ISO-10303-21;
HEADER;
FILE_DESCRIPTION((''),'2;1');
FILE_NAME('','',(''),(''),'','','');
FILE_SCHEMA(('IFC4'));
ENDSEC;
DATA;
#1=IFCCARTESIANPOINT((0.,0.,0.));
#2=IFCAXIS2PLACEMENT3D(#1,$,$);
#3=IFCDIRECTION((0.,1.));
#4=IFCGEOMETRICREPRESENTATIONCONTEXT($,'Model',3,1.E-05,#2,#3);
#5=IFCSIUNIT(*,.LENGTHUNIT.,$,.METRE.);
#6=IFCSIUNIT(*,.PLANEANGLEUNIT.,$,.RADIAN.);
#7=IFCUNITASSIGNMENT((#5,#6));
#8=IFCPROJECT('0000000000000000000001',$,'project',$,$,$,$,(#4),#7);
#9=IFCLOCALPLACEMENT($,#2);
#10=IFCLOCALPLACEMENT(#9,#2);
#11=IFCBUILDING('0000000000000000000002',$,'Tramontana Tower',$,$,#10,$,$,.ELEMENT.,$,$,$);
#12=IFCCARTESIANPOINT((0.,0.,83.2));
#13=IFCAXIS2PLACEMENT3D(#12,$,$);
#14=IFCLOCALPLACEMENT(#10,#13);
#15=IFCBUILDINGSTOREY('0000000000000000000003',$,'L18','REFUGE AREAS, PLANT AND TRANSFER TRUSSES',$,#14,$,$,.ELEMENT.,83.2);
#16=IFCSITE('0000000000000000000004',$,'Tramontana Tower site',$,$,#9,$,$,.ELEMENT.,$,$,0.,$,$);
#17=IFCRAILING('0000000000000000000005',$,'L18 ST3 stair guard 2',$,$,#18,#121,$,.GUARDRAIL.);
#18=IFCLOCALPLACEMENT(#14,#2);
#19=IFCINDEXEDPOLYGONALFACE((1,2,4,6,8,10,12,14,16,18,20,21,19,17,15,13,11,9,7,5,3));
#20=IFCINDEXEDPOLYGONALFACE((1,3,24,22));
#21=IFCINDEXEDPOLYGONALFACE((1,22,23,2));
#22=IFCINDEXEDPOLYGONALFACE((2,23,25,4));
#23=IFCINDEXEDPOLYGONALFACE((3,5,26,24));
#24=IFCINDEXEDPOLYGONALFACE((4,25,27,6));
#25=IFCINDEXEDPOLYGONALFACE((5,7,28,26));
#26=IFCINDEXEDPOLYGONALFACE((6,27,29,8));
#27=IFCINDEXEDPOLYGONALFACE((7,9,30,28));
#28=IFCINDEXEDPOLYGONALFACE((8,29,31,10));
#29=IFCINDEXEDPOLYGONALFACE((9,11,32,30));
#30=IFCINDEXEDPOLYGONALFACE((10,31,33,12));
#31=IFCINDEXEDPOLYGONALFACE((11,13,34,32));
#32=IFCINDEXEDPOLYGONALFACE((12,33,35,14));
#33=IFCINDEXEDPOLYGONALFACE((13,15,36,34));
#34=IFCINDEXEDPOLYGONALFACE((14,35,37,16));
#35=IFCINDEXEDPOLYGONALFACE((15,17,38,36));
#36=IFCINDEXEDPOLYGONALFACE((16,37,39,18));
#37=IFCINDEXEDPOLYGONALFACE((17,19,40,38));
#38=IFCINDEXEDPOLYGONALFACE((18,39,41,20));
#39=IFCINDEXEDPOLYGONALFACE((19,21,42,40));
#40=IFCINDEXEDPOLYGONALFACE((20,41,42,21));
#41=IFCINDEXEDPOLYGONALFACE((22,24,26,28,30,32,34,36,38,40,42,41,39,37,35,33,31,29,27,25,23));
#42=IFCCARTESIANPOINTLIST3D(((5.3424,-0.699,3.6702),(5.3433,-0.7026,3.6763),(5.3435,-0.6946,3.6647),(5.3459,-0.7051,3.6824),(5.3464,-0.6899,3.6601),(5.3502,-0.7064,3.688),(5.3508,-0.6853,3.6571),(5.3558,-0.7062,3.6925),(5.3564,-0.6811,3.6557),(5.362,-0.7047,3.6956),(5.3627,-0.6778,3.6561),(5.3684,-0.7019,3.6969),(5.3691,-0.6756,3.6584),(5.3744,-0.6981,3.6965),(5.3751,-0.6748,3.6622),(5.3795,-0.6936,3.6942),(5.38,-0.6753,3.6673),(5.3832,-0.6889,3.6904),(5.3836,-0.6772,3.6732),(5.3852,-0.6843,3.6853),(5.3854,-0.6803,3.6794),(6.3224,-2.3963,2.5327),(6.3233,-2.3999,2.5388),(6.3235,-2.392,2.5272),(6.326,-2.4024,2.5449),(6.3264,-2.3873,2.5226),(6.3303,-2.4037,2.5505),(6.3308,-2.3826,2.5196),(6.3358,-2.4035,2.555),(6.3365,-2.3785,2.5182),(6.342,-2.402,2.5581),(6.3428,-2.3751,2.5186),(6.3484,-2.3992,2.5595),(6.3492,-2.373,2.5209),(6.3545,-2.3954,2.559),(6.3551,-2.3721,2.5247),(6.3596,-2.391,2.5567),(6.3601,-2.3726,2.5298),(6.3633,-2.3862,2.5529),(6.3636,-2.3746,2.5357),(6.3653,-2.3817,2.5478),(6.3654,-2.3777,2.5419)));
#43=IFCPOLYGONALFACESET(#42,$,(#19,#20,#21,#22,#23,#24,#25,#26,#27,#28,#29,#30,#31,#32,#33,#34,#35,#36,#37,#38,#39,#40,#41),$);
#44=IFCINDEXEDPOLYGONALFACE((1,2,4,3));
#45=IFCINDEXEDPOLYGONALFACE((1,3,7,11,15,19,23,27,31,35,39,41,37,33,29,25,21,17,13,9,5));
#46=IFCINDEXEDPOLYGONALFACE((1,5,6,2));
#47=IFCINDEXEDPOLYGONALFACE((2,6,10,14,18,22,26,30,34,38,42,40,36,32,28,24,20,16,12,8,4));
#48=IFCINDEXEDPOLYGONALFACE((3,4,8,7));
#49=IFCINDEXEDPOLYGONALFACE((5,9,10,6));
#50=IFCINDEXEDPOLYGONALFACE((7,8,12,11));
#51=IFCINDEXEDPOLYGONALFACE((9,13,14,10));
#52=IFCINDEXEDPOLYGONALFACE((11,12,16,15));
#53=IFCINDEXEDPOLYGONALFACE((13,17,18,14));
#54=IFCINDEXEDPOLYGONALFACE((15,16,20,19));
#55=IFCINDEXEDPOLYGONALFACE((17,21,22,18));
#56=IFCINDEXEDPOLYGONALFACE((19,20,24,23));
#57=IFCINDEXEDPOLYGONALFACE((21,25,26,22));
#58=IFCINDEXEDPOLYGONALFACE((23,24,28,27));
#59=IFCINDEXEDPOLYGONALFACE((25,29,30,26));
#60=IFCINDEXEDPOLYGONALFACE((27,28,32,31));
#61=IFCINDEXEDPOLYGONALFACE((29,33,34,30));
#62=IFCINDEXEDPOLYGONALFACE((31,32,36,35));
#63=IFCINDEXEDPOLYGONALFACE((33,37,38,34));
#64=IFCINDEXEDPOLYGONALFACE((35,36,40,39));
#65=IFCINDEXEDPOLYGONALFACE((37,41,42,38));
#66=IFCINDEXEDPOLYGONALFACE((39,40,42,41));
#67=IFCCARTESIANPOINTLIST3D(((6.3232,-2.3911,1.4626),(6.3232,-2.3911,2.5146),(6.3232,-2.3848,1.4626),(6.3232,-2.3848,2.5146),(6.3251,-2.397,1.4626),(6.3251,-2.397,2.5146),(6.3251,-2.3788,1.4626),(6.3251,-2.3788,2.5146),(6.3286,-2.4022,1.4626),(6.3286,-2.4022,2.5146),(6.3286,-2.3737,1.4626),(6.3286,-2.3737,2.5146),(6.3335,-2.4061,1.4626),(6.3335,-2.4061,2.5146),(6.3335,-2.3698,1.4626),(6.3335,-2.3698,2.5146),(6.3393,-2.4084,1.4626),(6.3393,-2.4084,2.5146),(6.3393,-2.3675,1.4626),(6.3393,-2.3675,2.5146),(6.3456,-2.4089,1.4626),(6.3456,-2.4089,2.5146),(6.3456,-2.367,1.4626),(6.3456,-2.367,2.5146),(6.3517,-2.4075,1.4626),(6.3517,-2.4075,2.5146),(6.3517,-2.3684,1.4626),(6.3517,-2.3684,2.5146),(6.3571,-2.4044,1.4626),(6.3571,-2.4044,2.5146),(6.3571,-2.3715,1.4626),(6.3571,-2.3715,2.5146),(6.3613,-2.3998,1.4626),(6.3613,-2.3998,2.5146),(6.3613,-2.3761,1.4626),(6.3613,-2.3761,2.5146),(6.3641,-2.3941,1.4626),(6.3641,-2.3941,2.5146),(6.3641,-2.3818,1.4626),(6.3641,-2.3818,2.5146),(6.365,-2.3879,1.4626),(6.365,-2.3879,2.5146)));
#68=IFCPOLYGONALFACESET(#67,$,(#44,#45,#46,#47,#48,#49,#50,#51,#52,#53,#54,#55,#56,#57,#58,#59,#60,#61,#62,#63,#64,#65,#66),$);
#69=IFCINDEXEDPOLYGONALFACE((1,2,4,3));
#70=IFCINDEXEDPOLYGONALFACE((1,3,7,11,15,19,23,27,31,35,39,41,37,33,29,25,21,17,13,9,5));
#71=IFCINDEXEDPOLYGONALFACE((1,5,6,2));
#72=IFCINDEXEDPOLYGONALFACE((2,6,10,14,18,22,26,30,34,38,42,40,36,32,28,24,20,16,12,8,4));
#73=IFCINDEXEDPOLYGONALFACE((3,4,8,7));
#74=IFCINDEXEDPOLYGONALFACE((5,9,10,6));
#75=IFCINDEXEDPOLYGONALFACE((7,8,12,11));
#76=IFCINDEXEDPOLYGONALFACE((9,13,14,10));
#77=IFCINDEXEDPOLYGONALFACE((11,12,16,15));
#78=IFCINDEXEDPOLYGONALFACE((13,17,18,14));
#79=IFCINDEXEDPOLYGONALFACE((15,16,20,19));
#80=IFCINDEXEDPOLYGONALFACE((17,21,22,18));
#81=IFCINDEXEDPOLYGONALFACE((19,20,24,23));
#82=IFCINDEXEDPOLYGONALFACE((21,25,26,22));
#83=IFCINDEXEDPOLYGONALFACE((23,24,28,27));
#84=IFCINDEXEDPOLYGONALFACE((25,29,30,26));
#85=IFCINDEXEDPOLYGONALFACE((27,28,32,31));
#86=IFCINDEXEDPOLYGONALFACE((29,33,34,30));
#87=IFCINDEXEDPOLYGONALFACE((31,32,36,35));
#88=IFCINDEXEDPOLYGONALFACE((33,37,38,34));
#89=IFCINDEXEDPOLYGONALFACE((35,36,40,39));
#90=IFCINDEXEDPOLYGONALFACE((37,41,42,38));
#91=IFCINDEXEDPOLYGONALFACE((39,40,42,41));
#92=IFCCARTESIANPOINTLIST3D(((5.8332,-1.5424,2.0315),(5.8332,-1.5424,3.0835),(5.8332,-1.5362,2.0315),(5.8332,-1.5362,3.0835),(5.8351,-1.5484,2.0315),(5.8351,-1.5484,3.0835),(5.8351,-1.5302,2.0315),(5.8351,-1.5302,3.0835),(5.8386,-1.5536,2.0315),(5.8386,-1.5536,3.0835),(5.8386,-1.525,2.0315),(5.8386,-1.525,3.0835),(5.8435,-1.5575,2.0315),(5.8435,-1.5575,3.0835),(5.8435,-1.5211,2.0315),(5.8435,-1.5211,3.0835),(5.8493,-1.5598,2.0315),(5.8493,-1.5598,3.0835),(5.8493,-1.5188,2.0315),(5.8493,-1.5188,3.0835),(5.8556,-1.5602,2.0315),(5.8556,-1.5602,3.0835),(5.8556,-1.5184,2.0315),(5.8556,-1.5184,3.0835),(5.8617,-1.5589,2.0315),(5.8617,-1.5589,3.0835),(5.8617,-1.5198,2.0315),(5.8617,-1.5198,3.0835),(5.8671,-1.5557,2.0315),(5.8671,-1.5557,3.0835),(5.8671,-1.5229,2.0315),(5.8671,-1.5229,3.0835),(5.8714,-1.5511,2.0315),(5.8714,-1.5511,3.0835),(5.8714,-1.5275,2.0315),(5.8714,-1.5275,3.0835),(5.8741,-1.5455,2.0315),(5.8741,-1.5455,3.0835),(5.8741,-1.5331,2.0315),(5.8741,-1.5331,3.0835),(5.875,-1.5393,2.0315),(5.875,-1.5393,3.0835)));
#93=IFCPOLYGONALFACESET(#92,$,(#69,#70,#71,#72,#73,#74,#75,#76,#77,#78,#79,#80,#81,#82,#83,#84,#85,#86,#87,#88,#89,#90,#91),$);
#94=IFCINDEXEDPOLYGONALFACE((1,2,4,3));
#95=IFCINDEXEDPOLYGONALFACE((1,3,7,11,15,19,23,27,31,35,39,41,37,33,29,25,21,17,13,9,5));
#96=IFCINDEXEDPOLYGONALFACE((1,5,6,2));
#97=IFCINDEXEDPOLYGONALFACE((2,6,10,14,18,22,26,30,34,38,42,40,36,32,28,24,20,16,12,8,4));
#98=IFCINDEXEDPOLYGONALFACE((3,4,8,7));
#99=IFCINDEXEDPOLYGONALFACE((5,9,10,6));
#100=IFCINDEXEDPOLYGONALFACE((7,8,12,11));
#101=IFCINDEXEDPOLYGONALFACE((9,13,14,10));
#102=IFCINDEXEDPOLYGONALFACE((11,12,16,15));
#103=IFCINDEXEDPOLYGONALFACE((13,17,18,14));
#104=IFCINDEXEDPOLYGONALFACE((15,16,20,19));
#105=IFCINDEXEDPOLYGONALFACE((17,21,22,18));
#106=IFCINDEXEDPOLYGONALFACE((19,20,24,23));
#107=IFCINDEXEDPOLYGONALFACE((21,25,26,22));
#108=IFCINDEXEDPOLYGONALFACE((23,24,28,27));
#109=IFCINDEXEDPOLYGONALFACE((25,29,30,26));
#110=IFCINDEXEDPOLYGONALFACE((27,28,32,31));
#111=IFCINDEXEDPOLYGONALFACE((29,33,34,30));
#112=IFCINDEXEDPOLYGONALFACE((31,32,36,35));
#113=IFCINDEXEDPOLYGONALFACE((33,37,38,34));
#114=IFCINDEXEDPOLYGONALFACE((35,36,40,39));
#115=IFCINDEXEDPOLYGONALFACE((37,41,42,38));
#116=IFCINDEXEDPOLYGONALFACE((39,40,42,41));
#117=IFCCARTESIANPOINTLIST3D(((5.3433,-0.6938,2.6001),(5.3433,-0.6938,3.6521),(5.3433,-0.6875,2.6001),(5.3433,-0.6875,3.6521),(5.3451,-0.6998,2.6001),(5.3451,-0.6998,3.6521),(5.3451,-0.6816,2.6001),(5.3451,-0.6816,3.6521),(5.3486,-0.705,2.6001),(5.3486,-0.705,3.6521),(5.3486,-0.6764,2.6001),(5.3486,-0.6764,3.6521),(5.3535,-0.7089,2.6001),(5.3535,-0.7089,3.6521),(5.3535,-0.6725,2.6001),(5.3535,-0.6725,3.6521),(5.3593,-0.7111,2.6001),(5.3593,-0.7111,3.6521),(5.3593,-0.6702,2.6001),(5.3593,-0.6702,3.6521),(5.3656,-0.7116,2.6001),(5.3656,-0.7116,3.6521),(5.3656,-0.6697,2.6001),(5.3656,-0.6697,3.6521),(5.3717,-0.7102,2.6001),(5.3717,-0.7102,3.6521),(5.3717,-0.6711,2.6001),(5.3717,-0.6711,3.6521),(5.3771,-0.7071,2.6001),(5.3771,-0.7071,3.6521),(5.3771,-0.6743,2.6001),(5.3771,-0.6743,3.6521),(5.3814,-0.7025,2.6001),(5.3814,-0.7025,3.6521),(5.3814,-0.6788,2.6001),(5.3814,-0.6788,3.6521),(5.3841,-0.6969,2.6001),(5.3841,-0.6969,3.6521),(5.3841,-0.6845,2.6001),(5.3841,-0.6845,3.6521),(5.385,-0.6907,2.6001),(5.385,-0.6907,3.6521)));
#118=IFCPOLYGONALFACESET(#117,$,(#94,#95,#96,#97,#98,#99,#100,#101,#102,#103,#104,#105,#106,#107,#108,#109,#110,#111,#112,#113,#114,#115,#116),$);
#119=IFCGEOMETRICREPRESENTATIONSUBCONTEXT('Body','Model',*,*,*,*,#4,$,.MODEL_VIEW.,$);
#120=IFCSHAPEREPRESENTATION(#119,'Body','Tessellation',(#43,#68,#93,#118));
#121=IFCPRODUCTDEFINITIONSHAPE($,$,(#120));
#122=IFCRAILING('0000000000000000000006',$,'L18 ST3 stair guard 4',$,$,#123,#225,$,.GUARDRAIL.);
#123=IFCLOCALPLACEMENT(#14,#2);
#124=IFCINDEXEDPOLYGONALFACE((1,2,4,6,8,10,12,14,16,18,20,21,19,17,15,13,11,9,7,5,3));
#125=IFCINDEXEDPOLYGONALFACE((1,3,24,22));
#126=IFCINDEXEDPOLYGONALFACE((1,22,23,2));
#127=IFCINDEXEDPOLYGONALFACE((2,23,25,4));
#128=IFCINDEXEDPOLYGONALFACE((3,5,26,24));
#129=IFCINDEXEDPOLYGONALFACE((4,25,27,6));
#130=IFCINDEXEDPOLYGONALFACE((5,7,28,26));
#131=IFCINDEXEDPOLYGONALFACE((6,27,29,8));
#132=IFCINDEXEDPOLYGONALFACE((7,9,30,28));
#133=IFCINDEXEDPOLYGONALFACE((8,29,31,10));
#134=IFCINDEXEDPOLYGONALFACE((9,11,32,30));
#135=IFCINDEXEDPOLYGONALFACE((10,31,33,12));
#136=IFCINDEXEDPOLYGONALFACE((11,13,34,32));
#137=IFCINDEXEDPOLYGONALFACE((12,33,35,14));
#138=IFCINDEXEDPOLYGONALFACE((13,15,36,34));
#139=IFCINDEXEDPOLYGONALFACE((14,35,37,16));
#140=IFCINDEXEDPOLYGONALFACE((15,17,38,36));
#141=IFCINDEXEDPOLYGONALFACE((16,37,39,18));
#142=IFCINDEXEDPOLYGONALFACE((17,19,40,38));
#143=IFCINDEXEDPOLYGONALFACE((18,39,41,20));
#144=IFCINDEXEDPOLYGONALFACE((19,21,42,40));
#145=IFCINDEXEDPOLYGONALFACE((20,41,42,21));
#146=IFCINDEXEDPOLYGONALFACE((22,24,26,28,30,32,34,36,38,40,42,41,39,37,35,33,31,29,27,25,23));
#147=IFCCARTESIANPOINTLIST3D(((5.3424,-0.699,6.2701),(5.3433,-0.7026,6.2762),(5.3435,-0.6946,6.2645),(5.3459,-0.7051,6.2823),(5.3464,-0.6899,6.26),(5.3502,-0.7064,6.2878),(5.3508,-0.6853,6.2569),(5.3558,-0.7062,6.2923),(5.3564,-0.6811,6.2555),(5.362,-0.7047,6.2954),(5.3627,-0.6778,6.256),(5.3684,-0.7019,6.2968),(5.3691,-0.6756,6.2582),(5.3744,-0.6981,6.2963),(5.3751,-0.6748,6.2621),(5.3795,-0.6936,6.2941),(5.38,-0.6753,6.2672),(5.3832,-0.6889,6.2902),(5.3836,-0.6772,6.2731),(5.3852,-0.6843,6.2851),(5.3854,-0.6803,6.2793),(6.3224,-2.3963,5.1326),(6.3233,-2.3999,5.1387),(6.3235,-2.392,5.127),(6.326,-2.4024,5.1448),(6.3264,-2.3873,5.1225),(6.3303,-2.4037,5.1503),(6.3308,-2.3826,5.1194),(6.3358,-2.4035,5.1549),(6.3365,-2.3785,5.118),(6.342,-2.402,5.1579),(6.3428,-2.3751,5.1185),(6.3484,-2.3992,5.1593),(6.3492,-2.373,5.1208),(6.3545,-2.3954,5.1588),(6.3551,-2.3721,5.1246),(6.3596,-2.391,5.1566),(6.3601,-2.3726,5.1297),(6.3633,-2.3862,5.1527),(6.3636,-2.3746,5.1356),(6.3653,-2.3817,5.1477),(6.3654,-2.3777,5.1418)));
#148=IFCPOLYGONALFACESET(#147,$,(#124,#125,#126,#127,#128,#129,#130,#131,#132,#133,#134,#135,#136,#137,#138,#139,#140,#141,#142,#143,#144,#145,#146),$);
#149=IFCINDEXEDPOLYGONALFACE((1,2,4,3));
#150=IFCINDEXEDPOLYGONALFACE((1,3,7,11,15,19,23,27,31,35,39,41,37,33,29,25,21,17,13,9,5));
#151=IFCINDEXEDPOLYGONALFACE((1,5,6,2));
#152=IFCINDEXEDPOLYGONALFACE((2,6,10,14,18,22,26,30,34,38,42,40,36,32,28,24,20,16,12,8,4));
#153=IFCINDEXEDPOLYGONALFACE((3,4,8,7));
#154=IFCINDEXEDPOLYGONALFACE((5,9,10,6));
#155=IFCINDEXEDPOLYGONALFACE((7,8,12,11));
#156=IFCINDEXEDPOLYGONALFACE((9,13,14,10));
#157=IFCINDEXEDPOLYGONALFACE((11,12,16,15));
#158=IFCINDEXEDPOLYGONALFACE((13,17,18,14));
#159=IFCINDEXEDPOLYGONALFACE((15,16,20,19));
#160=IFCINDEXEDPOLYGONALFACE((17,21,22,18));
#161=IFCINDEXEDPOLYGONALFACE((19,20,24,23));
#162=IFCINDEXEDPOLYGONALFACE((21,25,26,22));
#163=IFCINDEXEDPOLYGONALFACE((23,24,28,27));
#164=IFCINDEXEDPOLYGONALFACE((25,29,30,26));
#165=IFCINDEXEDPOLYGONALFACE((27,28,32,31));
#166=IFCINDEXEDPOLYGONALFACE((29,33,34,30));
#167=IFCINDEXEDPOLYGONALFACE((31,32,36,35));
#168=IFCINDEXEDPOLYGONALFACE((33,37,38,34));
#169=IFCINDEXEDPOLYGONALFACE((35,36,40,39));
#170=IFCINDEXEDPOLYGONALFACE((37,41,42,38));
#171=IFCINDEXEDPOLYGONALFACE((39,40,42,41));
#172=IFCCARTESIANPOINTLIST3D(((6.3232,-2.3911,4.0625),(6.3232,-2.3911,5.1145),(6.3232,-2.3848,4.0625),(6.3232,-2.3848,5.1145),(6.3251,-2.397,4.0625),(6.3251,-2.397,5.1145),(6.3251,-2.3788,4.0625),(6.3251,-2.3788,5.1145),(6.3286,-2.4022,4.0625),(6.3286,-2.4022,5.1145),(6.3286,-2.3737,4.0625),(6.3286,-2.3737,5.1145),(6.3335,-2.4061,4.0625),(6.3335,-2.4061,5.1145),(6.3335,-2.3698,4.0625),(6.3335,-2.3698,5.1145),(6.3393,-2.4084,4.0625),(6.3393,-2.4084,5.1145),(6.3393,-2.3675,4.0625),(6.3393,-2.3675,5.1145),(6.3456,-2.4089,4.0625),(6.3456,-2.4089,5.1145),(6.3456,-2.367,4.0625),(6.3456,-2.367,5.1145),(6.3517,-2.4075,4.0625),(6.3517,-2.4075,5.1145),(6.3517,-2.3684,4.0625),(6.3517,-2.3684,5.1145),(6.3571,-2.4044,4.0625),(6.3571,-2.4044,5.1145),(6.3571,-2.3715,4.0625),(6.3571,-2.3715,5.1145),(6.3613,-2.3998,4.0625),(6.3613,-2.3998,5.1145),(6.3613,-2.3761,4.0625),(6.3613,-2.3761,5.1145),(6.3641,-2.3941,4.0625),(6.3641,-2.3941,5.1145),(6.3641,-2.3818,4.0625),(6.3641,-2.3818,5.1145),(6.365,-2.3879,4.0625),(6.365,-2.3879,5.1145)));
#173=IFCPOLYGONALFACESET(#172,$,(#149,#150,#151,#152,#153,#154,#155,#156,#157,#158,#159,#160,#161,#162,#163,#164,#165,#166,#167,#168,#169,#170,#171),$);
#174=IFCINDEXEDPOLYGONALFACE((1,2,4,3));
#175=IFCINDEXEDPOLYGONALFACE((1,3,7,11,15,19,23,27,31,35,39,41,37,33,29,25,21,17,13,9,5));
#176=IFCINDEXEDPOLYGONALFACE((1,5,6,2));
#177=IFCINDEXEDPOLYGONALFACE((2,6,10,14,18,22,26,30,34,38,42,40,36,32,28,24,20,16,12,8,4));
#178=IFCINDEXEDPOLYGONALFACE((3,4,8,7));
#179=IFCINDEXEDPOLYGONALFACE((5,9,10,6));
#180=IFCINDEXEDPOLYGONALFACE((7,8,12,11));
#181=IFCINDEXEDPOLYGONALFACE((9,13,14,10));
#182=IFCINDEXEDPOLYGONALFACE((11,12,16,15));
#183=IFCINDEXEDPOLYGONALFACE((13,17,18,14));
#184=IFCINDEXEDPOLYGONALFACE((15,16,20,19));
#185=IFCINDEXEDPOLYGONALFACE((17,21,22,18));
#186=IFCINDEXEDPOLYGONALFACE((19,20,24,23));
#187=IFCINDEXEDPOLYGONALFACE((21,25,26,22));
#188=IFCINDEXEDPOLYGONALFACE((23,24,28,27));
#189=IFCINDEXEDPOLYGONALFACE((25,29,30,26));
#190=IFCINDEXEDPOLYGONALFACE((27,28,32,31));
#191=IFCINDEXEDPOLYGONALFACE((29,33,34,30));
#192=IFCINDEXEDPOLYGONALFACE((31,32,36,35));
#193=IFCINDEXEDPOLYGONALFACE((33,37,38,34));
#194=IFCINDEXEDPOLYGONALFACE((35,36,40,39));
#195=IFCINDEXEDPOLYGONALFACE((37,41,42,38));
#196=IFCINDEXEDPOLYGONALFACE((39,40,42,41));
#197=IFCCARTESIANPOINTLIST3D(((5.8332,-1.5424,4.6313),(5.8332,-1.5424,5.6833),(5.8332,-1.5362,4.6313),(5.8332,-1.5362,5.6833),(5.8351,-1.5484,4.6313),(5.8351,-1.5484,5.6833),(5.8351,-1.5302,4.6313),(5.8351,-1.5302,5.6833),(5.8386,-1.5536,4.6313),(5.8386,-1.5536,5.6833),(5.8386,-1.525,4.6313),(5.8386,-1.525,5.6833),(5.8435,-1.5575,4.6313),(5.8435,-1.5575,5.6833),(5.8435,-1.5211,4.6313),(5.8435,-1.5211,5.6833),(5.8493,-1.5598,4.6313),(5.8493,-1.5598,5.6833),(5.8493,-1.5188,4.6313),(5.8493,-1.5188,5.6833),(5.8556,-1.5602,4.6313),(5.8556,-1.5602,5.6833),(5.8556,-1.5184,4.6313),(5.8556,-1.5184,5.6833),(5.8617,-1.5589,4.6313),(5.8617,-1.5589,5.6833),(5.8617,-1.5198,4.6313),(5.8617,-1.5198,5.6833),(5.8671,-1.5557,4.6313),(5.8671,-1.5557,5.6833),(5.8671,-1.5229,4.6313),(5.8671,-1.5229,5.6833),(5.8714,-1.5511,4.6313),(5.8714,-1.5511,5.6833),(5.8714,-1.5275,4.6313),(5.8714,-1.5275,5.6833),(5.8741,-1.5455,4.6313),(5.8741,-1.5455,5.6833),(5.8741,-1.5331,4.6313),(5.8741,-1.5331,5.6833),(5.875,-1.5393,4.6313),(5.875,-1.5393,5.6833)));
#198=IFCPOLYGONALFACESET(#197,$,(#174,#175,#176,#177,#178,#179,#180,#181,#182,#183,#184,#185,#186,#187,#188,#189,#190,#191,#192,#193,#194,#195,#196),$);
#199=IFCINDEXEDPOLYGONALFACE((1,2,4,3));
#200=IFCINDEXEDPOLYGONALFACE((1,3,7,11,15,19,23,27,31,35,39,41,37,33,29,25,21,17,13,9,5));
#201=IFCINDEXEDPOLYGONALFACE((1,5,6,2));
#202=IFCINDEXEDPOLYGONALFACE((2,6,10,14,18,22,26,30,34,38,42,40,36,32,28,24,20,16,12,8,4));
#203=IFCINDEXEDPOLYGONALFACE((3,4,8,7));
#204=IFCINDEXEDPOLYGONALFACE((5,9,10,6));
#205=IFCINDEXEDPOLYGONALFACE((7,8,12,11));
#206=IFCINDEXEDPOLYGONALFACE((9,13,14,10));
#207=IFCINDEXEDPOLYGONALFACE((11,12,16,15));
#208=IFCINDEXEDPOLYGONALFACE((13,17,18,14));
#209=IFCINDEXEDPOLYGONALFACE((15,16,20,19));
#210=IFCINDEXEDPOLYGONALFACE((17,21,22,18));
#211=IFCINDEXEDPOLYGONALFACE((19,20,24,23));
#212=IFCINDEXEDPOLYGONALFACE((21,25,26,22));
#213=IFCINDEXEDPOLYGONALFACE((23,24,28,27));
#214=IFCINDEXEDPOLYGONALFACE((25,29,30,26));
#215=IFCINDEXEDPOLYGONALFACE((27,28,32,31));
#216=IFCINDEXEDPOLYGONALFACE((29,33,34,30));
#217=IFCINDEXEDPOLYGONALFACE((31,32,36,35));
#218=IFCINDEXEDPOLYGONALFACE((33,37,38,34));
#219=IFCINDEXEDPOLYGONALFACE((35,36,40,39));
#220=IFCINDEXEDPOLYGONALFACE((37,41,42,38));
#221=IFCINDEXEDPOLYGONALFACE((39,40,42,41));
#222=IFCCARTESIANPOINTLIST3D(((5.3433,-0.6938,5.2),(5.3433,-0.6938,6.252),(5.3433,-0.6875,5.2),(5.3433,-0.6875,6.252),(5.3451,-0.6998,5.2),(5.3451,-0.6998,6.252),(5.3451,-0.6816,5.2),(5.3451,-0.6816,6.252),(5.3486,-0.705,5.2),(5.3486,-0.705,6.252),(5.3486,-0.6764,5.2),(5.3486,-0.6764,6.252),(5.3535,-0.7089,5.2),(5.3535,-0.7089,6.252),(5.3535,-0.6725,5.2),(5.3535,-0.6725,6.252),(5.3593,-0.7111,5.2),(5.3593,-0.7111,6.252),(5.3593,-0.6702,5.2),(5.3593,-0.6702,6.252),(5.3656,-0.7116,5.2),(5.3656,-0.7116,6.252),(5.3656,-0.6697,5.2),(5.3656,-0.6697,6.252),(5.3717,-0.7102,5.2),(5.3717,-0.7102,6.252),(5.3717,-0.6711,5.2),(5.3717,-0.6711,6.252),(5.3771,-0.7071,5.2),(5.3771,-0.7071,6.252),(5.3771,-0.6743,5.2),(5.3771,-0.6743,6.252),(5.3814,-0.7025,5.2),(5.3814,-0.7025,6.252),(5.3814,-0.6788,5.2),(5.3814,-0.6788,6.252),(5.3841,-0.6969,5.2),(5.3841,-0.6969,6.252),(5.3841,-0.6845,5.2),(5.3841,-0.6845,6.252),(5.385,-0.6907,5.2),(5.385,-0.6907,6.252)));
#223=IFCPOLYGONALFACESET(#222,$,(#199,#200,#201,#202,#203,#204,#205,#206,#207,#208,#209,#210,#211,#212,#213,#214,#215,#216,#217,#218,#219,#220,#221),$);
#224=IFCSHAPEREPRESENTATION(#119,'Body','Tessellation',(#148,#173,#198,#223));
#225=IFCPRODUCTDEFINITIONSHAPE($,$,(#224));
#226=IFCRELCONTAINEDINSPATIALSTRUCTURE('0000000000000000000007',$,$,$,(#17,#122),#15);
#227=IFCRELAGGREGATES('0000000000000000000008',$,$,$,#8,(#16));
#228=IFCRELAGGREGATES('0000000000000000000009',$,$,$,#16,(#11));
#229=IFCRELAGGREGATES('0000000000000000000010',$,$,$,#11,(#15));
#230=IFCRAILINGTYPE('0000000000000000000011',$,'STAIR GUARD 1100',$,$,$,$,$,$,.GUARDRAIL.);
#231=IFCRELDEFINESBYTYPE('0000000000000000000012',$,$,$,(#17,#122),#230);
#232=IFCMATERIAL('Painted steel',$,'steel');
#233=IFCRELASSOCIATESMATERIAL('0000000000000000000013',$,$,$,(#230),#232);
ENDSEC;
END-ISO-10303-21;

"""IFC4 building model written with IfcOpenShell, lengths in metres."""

from ifc_helpers import new_model, si_unit, direction, frame, origin, origin_2d, place, context, subcontext, project, spatial, circle, extrude, material, type_object, element, save


model = new_model("IFC4")

# Units and contexts
model_context = context("Model", 3, precision=1e-05, world=origin(), true_north=direction((0.0, 1.0)))
body_context = subcontext(model_context, "Body", "Model", "MODEL_VIEW")
ifc_project = project(units=[si_unit("LENGTHUNIT", "METRE"), si_unit("PLANEANGLEUNIT", "RADIAN")], contexts=[model_context])

# Site, building, storey
site_placement = place(None, origin())
site = spatial("IfcSite", under=ifc_project, at=site_placement, Name="Tramontana Tower site", CompositionType="ELEMENT", RefElevation=0.0)
building_placement = place(site_placement, origin())
building = spatial("IfcBuilding", under=site, at=building_placement, Name="Tramontana Tower", CompositionType="ELEMENT")
storey_placement = place(building_placement, frame((0.0, 0.0, 83.2)))
storey = spatial("IfcBuildingStorey", under=building, at=storey_placement, Name="L18", Description="REFUGE AREAS, PLANT AND TRANSFER TRUSSES", CompositionType="ELEMENT", Elevation=83.2)

# Railings
ifc_material_1 = material(Name="Painted steel", Category="steel")
railing_type_1 = type_object("IfcRailingType", Name="STAIR GUARD 1100", PredefinedType="GUARDRAIL", material=ifc_material_1)
for number, where, name in (
    (1, (6.344, -2.3879, 1.4626), "L18 ST3 stair guard 2"),
    (2, (6.344, -2.3879, 4.0625), "L18 ST3 stair guard 4"),
):
    element("IfcRailing", number, at=place(storey_placement, frame(where)), inside=storey, type_object=railing_type_1, Name=name, PredefinedType="GUARDRAIL", context=body_context, shape_type="SweptSolid", body=[
        extrude(circle(Radius=0.0239, at=origin_2d()), frame((0.0, 0.0, 1.0762), z_axis=(-0.432467, 0.749006, 0.501959), x_axis=(-0.866011, -0.500024, 0.0)), (0.0, 0.0, 1.0), 2.2661),
        extrude(circle(Radius=0.021, at=origin_2d()), origin(), (0.0, 0.0, 1.0), 1.052),
        extrude(circle(Radius=0.021, at=origin_2d()), frame((-0.49, 0.8486, 0.5688)), (0.0, 0.0, 1.0), 1.052),
        extrude(circle(Radius=0.021, at=origin_2d()), frame((-0.98, 1.6973, 1.1375)), (0.0, 0.0, 1.0), 1.052),
    ])

save(model, "model.ifc")
